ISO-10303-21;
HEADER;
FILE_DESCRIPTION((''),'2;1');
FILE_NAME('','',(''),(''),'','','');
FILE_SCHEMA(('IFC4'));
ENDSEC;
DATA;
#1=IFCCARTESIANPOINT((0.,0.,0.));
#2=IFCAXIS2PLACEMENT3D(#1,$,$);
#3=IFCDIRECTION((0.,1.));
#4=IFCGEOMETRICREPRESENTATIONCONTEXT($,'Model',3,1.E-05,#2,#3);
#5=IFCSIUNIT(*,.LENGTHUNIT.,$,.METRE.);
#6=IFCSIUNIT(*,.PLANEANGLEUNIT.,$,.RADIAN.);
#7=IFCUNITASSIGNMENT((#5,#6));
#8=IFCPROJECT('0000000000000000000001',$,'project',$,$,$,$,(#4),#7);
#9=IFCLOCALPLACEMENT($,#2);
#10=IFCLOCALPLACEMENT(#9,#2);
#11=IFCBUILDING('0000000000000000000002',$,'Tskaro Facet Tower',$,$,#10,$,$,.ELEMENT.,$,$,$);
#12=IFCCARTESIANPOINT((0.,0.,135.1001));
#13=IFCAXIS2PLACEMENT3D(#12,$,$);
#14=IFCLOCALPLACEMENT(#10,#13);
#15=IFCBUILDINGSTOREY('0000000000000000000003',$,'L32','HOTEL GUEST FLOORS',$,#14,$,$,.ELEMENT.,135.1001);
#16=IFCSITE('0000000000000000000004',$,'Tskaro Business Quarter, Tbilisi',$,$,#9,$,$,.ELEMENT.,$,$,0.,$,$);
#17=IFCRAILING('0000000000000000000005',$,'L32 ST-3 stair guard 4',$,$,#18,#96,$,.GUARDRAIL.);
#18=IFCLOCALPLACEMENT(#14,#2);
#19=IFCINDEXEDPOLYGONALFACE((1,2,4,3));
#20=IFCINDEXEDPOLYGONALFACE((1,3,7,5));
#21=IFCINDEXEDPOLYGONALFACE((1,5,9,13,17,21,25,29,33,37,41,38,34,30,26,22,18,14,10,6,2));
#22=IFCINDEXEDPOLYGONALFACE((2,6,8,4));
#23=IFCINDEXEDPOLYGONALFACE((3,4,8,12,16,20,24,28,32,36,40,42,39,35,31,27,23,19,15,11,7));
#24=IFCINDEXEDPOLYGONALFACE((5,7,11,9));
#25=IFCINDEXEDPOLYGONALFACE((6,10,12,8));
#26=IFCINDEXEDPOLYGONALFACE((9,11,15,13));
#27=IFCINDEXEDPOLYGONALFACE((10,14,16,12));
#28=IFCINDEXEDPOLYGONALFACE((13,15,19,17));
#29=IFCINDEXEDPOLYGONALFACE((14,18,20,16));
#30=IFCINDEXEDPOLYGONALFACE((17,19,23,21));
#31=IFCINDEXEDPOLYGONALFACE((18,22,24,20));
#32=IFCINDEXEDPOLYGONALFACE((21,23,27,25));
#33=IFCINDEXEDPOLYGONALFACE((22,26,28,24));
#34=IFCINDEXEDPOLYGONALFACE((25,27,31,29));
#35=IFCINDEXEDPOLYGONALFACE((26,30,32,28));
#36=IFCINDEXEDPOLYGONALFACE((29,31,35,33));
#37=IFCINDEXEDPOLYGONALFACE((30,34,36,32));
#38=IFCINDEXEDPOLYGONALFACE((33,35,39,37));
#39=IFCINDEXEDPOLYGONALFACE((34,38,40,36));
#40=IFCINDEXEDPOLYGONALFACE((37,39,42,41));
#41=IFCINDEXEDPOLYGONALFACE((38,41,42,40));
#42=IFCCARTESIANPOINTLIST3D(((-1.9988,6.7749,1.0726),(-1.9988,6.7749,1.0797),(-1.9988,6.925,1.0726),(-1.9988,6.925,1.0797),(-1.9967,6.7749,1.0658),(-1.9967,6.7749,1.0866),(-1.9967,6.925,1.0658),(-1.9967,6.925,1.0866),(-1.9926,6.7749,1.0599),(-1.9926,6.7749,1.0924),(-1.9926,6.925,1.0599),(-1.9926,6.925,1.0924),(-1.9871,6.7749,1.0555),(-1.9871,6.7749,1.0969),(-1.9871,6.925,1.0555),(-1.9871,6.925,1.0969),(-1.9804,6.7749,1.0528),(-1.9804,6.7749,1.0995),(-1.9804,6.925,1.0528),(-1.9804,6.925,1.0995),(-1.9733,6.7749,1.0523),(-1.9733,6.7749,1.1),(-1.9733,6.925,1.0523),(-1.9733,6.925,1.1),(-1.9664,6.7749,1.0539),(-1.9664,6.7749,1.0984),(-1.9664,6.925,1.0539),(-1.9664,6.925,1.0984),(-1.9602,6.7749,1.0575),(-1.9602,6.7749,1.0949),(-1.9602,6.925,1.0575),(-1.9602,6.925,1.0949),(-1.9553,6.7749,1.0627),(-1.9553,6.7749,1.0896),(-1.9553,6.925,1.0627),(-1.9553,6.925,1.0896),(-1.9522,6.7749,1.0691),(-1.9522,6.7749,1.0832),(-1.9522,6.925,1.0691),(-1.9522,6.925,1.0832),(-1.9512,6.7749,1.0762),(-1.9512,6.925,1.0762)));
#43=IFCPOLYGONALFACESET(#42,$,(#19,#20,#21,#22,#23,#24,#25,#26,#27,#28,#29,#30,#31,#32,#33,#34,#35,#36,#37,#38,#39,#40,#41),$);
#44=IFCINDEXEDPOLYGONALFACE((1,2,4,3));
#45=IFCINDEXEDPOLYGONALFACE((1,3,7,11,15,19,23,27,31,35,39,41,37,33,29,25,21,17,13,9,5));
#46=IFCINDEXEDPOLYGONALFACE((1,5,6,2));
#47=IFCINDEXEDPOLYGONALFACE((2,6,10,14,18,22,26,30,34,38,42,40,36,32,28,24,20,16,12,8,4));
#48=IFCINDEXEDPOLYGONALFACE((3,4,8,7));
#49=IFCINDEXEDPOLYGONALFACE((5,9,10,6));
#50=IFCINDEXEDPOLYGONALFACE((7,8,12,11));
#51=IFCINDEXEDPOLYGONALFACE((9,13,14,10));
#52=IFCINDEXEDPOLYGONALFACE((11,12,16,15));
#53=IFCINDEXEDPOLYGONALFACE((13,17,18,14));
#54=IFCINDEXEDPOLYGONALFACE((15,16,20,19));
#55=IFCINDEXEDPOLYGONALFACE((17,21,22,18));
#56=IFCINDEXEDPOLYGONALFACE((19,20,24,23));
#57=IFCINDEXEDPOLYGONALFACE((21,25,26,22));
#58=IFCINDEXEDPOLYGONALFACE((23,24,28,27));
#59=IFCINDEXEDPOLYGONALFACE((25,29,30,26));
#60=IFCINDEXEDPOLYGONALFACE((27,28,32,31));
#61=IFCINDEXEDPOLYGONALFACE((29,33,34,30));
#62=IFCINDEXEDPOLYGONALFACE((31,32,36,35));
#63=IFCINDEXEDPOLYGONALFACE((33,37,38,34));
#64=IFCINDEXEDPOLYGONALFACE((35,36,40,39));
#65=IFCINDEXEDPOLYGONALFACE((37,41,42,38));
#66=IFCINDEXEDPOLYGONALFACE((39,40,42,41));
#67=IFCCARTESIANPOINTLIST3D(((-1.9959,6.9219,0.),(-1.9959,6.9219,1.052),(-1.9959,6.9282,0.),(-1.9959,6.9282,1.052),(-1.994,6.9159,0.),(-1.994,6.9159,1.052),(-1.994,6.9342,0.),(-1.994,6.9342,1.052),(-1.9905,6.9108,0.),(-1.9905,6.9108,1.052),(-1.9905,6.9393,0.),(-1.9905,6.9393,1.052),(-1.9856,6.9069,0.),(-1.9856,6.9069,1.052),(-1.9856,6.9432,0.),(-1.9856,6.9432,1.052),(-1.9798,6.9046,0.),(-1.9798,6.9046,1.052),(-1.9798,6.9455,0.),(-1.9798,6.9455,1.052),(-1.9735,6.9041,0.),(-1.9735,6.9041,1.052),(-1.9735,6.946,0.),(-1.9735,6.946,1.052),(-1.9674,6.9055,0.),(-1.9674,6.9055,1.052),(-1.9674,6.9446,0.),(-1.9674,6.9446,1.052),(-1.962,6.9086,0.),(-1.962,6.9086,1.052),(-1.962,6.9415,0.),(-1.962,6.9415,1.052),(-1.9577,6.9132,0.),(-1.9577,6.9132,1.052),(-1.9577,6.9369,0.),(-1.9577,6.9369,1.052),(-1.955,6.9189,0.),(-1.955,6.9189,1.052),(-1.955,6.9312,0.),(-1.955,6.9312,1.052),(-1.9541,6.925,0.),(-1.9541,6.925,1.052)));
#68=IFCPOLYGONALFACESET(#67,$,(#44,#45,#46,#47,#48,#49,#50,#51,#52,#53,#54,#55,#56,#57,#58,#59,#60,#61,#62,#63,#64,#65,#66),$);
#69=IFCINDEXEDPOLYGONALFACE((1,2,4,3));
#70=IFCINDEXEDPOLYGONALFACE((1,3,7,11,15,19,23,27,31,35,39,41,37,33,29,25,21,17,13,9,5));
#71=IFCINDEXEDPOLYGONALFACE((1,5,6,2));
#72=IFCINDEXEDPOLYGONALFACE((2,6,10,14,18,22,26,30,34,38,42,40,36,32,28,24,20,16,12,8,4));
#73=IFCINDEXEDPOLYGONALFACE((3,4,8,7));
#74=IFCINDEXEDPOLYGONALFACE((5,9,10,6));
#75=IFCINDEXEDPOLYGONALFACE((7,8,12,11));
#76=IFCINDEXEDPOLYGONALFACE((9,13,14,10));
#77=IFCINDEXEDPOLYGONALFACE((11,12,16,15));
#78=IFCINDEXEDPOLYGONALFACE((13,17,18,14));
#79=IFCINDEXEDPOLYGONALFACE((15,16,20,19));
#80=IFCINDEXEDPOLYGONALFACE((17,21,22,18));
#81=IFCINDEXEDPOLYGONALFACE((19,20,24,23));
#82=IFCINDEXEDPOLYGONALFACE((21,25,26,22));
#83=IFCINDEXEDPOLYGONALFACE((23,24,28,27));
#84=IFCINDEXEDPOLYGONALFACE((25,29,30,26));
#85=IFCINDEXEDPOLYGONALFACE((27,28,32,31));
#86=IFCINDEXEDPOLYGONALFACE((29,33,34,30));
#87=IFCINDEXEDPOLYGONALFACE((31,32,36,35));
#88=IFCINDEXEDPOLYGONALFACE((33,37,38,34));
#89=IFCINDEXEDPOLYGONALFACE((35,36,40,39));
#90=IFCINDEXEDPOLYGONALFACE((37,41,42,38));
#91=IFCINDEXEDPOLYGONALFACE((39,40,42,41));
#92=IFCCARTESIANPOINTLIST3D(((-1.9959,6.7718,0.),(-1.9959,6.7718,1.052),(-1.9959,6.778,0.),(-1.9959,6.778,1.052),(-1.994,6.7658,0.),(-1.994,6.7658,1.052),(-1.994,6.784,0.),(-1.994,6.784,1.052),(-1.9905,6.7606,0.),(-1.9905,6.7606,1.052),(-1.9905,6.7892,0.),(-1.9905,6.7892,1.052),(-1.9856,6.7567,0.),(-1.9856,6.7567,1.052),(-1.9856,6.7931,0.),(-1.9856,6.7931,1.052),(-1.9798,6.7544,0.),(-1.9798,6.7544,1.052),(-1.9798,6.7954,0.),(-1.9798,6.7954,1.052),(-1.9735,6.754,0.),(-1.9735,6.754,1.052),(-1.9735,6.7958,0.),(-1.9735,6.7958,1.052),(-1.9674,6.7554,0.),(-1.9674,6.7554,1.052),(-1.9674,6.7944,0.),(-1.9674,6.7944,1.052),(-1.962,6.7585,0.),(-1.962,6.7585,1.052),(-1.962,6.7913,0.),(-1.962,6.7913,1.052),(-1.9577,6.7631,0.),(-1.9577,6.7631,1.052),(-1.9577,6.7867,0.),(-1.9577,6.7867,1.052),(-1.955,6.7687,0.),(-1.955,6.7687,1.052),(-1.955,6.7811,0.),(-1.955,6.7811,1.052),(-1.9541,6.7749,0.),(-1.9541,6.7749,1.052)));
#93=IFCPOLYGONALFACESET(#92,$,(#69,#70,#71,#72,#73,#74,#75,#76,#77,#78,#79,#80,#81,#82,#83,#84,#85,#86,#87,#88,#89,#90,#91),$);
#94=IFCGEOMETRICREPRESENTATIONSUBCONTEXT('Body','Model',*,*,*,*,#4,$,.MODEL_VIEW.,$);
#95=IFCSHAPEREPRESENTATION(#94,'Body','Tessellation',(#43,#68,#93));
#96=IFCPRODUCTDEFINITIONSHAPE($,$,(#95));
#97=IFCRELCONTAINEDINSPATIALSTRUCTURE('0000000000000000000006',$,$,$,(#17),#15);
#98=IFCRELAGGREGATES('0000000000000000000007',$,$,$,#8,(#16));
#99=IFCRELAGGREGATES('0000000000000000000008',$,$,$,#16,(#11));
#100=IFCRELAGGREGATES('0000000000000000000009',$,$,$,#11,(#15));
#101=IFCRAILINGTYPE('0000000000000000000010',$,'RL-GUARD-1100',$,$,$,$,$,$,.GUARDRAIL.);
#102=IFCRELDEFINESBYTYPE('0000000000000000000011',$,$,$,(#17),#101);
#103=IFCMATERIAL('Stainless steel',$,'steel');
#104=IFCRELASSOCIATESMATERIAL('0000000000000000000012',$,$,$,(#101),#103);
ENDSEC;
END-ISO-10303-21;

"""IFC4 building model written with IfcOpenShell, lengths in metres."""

from ifc_helpers import new_model, si_unit, direction, frame, origin, origin_2d, place, context, subcontext, project, spatial, circle, extrude, material, type_object, element, save


model = new_model("IFC4")

# Units and contexts
model_context = context("Model", 3, precision=1e-05, world=origin(), true_north=direction((0.0, 1.0)))
body_context = subcontext(model_context, "Body", "Model", "MODEL_VIEW")
ifc_project = project(units=[si_unit("LENGTHUNIT", "METRE"), si_unit("PLANEANGLEUNIT", "RADIAN")], contexts=[model_context])

# Site, building, storey
site_placement = place(None, origin())
site = spatial("IfcSite", under=ifc_project, at=site_placement, Name="Tskaro Business Quarter, Tbilisi", CompositionType="ELEMENT", RefElevation=0.0)
building_placement = place(site_placement, origin())
building = spatial("IfcBuilding", under=site, at=building_placement, Name="Tskaro Facet Tower", CompositionType="ELEMENT")
storey_placement = place(building_placement, frame((0.0, 0.0, 135.1001)))
storey = spatial("IfcBuildingStorey", under=building, at=storey_placement, Name="L32", Description="HOTEL GUEST FLOORS", CompositionType="ELEMENT", Elevation=135.1001)

# Railing
ifc_material_1 = material(Name="Stainless steel", Category="steel")
railing_type_1 = type_object("IfcRailingType", Name="RL-GUARD-1100", PredefinedType="GUARDRAIL", material=ifc_material_1)
railing_1_placement = place(storey_placement, frame((-1.9751, 6.925, 0.0)))
element("IfcRailing", 1, at=railing_1_placement, inside=storey, type_object=railing_type_1, Name="L32 ST-3 stair guard 4", PredefinedType="GUARDRAIL", context=body_context, shape_type="SweptSolid", body=[
    extrude(circle(Radius=0.0239, at=origin_2d()), frame((0.0, 0.0, 1.0762), z_axis=(0.0, -1.0, 0.0), x_axis=(1.0, 0.0, 0.0)), (0.0, 0.0, 1.0), 0.1501),
    extrude(circle(Radius=0.021, at=origin_2d()), origin(), (0.0, 0.0, 1.0), 1.052),
    extrude(circle(Radius=0.021, at=origin_2d()), frame((0.0, -0.1501, 0.0)), (0.0, 0.0, 1.0), 1.052),
])

save(model, "model.ifc")
